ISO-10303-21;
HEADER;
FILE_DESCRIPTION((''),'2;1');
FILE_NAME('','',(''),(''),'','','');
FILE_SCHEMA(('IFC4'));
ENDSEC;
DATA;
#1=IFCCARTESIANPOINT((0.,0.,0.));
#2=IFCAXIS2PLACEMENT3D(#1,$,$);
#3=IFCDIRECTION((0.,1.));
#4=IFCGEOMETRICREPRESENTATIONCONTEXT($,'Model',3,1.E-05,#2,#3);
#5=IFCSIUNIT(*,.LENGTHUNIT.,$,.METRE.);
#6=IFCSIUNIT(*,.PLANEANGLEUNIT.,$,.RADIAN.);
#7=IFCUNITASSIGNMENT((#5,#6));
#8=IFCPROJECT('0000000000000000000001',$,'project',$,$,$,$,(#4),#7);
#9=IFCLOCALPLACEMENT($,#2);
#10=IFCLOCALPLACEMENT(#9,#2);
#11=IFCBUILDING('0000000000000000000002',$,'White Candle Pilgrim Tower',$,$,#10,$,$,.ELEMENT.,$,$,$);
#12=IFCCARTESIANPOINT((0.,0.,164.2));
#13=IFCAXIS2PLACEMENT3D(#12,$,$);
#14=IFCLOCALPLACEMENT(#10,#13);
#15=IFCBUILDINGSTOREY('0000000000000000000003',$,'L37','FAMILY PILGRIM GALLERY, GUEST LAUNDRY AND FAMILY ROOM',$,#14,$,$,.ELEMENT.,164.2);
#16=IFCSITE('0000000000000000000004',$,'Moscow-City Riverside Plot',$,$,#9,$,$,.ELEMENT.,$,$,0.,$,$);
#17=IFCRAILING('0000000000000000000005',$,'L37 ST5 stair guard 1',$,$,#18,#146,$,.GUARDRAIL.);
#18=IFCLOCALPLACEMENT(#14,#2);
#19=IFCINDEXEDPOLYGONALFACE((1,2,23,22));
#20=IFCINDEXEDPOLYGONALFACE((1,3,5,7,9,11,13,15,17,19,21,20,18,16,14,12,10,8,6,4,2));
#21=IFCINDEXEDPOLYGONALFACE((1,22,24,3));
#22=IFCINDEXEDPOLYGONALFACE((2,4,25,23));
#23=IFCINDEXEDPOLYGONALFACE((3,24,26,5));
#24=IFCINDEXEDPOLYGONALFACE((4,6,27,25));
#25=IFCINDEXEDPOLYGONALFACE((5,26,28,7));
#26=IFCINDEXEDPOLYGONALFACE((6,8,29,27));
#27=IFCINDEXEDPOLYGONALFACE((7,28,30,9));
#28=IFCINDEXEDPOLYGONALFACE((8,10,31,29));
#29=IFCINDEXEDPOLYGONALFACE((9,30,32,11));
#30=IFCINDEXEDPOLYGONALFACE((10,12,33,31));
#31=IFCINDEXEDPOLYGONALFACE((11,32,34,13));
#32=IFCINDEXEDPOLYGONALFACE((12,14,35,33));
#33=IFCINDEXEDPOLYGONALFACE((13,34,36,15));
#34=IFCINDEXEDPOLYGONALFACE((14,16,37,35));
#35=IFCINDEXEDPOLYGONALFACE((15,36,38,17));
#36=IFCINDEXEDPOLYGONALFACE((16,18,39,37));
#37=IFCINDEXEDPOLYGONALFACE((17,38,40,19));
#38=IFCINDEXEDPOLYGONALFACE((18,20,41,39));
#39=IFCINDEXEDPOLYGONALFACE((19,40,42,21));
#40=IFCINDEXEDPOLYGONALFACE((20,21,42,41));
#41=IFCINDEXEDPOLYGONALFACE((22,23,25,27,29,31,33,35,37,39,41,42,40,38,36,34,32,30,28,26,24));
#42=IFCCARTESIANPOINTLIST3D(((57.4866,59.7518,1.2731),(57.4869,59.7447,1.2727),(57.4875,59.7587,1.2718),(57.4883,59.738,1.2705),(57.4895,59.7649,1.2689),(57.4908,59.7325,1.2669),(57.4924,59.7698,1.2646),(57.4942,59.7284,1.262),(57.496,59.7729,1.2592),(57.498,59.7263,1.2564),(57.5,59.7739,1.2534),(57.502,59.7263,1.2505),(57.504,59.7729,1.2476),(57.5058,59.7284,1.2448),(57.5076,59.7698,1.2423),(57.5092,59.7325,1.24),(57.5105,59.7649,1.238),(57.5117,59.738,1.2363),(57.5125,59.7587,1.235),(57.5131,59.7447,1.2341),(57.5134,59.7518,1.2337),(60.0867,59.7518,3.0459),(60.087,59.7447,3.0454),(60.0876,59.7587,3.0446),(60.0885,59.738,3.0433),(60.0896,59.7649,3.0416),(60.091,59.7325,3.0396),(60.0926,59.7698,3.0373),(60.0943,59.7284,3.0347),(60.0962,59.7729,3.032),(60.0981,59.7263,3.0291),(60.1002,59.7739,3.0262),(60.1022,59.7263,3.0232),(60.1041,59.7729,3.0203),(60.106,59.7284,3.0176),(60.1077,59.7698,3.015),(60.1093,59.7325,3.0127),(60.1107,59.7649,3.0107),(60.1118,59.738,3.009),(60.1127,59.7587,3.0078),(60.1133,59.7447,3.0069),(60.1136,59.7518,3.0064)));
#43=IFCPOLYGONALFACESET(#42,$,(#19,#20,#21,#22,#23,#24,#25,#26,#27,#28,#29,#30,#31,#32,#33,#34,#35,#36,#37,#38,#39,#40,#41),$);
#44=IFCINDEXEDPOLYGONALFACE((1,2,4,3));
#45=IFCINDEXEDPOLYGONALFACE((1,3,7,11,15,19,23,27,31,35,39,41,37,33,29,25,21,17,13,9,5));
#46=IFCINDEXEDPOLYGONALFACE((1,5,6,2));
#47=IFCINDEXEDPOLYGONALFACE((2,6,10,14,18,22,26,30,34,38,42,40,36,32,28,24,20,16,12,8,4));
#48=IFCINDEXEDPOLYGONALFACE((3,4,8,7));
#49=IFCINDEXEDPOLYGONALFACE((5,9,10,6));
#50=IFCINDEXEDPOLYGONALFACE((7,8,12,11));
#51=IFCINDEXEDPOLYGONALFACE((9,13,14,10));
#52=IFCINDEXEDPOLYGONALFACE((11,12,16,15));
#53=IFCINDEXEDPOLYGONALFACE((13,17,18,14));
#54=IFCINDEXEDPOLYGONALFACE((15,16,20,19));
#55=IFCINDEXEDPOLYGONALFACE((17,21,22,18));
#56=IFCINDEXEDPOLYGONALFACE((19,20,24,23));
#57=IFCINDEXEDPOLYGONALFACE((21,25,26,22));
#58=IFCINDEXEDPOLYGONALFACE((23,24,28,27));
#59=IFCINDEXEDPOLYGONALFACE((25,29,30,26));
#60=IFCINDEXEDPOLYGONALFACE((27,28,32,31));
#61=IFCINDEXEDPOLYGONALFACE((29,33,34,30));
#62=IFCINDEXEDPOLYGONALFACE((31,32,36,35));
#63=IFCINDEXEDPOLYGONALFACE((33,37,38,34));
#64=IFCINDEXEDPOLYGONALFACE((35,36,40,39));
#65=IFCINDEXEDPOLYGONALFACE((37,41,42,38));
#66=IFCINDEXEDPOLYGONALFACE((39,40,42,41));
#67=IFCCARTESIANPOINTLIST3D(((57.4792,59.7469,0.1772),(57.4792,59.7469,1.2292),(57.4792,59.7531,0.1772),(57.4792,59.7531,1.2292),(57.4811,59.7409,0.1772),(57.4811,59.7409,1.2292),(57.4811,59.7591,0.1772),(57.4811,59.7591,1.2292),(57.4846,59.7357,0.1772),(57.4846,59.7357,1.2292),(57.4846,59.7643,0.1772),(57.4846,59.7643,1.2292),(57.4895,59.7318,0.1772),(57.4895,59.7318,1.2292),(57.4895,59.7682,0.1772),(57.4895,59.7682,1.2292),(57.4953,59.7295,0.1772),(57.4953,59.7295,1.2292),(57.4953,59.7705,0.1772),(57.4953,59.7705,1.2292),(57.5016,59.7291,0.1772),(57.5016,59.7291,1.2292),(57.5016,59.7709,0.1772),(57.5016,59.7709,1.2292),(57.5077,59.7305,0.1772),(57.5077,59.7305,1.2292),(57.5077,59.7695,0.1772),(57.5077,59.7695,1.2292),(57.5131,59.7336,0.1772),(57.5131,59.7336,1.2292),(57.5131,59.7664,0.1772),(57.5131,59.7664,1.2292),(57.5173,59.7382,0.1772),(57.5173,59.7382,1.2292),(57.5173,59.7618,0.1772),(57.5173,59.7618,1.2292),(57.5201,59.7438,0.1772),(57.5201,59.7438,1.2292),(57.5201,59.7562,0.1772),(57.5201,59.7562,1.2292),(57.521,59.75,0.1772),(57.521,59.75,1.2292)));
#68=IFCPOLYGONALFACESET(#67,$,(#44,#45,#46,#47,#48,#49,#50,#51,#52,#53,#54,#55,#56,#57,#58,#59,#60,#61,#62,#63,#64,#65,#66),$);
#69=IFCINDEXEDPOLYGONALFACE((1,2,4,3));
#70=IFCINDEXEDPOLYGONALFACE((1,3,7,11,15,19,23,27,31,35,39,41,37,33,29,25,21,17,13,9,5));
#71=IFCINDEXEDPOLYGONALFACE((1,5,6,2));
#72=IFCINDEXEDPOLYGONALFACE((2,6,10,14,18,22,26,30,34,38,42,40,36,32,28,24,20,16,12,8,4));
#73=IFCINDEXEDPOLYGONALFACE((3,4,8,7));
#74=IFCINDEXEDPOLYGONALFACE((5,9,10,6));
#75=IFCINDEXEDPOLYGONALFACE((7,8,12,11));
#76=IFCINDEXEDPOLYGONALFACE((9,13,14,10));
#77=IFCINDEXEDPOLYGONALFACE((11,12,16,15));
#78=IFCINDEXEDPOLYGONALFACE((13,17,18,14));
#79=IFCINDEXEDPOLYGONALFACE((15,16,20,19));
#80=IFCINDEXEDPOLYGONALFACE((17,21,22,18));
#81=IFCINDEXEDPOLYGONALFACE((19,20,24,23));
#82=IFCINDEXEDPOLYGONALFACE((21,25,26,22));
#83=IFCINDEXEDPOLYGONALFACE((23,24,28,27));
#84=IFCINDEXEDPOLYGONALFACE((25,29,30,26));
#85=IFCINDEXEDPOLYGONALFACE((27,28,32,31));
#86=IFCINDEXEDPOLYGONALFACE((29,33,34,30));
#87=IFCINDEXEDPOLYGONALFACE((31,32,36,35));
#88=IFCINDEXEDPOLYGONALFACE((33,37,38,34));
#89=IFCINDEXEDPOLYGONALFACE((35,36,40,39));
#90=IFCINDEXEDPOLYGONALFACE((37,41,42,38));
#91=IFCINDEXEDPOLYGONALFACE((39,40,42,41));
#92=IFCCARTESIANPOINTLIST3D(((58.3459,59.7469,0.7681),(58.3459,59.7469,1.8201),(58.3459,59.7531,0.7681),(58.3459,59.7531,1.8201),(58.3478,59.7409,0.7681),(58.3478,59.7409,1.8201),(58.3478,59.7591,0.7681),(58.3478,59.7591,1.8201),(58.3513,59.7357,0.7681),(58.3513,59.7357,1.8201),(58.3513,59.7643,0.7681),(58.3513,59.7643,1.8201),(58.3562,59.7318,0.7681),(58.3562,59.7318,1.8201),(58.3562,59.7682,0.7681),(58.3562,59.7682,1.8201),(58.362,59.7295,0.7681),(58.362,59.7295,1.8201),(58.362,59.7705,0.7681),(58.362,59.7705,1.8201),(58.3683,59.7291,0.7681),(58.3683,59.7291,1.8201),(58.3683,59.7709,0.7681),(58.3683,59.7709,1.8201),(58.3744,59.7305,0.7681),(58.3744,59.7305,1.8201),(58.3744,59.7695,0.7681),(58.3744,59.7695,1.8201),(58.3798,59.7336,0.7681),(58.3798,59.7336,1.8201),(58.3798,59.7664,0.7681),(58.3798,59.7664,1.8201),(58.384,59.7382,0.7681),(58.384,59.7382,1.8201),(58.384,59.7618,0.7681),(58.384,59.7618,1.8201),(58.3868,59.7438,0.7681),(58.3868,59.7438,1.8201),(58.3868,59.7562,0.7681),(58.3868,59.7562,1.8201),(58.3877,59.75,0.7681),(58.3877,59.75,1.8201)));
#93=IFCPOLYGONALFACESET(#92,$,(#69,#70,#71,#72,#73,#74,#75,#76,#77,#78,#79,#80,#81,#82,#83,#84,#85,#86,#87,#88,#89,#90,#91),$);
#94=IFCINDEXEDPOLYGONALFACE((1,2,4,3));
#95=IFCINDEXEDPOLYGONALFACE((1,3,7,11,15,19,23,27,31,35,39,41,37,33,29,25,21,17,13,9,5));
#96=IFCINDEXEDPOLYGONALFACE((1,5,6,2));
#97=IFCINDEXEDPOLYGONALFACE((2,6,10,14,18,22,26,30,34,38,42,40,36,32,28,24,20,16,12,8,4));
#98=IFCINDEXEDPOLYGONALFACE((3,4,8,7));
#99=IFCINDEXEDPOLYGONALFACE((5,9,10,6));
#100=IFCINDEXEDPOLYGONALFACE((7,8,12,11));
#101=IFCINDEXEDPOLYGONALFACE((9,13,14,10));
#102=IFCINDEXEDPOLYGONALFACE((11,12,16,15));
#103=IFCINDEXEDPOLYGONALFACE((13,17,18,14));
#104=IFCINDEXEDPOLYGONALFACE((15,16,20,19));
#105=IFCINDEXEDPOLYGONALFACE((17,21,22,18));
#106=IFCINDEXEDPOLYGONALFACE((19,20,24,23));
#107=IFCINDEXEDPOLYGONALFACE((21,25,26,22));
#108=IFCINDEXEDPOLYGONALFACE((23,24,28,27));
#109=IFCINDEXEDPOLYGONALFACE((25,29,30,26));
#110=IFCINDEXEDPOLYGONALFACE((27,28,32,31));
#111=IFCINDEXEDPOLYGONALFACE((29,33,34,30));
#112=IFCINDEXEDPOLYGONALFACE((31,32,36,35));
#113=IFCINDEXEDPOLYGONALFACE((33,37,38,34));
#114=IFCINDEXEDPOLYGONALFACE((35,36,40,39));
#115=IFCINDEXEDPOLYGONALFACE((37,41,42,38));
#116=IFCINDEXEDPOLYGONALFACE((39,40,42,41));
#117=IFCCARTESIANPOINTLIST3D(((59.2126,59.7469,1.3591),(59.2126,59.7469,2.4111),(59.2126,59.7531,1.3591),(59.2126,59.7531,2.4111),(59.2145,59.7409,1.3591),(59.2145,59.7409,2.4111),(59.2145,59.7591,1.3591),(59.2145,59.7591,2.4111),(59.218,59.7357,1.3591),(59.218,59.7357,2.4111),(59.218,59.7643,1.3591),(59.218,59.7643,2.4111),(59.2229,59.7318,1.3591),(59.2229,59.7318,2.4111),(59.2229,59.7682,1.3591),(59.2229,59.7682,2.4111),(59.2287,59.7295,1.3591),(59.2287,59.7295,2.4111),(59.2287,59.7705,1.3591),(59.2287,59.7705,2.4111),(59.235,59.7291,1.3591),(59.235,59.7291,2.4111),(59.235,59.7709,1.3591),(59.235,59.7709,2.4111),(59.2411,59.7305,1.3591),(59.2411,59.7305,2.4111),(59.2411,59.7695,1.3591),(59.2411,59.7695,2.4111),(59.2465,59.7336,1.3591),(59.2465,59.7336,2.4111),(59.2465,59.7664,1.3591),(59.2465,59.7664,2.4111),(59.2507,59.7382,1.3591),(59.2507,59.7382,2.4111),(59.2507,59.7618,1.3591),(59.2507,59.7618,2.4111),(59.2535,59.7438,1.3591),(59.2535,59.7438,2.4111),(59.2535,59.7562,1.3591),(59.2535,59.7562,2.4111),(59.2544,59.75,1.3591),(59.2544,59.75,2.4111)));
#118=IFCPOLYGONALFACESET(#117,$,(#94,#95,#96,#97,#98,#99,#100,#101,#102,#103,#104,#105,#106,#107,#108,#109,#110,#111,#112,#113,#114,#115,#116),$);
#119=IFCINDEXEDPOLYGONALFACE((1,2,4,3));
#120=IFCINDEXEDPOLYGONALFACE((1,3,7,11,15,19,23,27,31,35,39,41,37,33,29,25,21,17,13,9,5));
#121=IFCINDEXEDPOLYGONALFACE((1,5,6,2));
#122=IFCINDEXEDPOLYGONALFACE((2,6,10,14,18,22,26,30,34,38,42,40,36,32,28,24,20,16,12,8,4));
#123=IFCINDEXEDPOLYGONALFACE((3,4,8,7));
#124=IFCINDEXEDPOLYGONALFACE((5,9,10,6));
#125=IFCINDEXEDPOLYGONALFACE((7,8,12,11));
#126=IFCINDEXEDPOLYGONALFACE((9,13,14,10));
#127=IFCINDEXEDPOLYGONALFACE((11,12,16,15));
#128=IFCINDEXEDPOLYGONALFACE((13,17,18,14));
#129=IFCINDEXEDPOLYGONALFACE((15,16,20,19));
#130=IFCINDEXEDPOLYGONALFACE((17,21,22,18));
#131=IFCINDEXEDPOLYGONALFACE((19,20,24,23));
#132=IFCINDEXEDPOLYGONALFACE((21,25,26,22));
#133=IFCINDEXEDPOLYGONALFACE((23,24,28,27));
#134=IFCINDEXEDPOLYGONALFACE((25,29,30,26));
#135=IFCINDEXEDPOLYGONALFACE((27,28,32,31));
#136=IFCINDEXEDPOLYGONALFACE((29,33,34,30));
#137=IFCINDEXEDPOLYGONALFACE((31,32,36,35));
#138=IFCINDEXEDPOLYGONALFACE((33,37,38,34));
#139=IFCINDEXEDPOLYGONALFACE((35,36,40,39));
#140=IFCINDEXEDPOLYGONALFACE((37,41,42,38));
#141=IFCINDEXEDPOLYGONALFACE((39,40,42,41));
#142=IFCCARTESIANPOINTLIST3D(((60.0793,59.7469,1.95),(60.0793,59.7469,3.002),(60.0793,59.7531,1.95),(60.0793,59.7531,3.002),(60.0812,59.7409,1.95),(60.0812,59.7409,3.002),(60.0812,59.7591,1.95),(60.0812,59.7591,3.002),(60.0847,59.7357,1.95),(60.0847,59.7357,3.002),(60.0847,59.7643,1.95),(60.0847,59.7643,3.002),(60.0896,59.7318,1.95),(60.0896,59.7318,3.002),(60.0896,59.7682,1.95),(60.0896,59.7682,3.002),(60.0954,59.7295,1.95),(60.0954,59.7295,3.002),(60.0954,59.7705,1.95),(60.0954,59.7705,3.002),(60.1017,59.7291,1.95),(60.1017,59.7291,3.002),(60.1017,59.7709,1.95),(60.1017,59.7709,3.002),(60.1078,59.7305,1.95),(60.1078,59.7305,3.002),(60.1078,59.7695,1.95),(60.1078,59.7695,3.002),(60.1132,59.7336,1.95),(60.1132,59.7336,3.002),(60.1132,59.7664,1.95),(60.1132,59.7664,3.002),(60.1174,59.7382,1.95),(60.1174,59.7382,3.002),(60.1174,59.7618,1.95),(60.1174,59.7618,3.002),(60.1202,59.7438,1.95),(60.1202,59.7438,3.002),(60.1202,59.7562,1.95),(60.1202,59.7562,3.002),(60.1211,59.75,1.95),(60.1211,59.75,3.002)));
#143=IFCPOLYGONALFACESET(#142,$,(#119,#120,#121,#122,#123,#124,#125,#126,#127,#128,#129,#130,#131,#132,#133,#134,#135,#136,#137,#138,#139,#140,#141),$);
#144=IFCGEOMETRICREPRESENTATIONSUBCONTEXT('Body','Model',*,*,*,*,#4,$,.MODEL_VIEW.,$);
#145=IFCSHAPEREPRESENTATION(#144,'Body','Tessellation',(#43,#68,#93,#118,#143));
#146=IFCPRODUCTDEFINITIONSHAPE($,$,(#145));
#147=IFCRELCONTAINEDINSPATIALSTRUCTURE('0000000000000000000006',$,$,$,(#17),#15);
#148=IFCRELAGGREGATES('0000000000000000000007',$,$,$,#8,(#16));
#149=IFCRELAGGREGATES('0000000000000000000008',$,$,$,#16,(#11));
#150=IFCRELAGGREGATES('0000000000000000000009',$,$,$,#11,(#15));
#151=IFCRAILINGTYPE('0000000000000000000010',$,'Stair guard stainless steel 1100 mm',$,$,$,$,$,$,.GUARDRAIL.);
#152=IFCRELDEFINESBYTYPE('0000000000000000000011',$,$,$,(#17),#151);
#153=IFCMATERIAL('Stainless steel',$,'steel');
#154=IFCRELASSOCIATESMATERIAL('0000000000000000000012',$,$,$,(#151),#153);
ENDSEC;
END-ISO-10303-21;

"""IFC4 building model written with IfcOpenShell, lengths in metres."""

from ifc_helpers import new_model, si_unit, direction, frame, origin, origin_2d, place, context, subcontext, project, spatial, circle, extrude, material, type_object, element, save


model = new_model("IFC4")

# Units and contexts
model_context = context("Model", 3, precision=1e-05, world=origin(), true_north=direction((0.0, 1.0)))
body_context = subcontext(model_context, "Body", "Model", "MODEL_VIEW")
ifc_project = project(units=[si_unit("LENGTHUNIT", "METRE"), si_unit("PLANEANGLEUNIT", "RADIAN")], contexts=[model_context])

# Site, building, storey
site_placement = place(None, origin())
site = spatial("IfcSite", under=ifc_project, at=site_placement, Name="Moscow-City Riverside Plot", CompositionType="ELEMENT", RefElevation=0.0)
building_placement = place(site_placement, origin())
building = spatial("IfcBuilding", under=site, at=building_placement, Name="White Candle Pilgrim Tower", CompositionType="ELEMENT")
storey_placement = place(building_placement, frame((0.0, 0.0, 164.2)))
storey = spatial("IfcBuildingStorey", under=building, at=storey_placement, Name="L37", Description="FAMILY PILGRIM GALLERY, GUEST LAUNDRY AND FAMILY ROOM", CompositionType="ELEMENT", Elevation=164.2)

# Railing
ifc_material_1 = material(Name="Stainless steel", Category="steel")
railing_type_1 = type_object("IfcRailingType", Name="Stair guard stainless steel 1100 mm", PredefinedType="GUARDRAIL", material=ifc_material_1)
railing_1_placement = place(storey_placement, frame((57.5, 59.75, 0.1772)))
element("IfcRailing", 1, at=railing_1_placement, inside=storey, type_object=railing_type_1, Name="L37 ST5 stair guard 1", PredefinedType="GUARDRAIL", context=body_context, shape_type="SweptSolid", body=[
    extrude(circle(Radius=0.0239, at=origin_2d()), frame((0.0, 0.0, 1.0762), z_axis=(0.82624, 0.0, 0.563318), x_axis=(0.0, 1.0, 0.0)), (0.0, 0.0, 1.0), 3.147),
    extrude(circle(Radius=0.021, at=origin_2d()), origin(), (0.0, 0.0, 1.0), 1.052),
    extrude(circle(Radius=0.021, at=origin_2d()), frame((0.8667, 0.0, 0.5908)), (0.0, 0.0, 1.0), 1.052),
    extrude(circle(Radius=0.021, at=origin_2d()), frame((1.7334, 0.0, 1.1819)), (0.0, 0.0, 1.0), 1.052),
    extrude(circle(Radius=0.021, at=origin_2d()), frame((2.6001, 0.0, 1.7727)), (0.0, 0.0, 1.0), 1.052),
])

save(model, "model.ifc")
